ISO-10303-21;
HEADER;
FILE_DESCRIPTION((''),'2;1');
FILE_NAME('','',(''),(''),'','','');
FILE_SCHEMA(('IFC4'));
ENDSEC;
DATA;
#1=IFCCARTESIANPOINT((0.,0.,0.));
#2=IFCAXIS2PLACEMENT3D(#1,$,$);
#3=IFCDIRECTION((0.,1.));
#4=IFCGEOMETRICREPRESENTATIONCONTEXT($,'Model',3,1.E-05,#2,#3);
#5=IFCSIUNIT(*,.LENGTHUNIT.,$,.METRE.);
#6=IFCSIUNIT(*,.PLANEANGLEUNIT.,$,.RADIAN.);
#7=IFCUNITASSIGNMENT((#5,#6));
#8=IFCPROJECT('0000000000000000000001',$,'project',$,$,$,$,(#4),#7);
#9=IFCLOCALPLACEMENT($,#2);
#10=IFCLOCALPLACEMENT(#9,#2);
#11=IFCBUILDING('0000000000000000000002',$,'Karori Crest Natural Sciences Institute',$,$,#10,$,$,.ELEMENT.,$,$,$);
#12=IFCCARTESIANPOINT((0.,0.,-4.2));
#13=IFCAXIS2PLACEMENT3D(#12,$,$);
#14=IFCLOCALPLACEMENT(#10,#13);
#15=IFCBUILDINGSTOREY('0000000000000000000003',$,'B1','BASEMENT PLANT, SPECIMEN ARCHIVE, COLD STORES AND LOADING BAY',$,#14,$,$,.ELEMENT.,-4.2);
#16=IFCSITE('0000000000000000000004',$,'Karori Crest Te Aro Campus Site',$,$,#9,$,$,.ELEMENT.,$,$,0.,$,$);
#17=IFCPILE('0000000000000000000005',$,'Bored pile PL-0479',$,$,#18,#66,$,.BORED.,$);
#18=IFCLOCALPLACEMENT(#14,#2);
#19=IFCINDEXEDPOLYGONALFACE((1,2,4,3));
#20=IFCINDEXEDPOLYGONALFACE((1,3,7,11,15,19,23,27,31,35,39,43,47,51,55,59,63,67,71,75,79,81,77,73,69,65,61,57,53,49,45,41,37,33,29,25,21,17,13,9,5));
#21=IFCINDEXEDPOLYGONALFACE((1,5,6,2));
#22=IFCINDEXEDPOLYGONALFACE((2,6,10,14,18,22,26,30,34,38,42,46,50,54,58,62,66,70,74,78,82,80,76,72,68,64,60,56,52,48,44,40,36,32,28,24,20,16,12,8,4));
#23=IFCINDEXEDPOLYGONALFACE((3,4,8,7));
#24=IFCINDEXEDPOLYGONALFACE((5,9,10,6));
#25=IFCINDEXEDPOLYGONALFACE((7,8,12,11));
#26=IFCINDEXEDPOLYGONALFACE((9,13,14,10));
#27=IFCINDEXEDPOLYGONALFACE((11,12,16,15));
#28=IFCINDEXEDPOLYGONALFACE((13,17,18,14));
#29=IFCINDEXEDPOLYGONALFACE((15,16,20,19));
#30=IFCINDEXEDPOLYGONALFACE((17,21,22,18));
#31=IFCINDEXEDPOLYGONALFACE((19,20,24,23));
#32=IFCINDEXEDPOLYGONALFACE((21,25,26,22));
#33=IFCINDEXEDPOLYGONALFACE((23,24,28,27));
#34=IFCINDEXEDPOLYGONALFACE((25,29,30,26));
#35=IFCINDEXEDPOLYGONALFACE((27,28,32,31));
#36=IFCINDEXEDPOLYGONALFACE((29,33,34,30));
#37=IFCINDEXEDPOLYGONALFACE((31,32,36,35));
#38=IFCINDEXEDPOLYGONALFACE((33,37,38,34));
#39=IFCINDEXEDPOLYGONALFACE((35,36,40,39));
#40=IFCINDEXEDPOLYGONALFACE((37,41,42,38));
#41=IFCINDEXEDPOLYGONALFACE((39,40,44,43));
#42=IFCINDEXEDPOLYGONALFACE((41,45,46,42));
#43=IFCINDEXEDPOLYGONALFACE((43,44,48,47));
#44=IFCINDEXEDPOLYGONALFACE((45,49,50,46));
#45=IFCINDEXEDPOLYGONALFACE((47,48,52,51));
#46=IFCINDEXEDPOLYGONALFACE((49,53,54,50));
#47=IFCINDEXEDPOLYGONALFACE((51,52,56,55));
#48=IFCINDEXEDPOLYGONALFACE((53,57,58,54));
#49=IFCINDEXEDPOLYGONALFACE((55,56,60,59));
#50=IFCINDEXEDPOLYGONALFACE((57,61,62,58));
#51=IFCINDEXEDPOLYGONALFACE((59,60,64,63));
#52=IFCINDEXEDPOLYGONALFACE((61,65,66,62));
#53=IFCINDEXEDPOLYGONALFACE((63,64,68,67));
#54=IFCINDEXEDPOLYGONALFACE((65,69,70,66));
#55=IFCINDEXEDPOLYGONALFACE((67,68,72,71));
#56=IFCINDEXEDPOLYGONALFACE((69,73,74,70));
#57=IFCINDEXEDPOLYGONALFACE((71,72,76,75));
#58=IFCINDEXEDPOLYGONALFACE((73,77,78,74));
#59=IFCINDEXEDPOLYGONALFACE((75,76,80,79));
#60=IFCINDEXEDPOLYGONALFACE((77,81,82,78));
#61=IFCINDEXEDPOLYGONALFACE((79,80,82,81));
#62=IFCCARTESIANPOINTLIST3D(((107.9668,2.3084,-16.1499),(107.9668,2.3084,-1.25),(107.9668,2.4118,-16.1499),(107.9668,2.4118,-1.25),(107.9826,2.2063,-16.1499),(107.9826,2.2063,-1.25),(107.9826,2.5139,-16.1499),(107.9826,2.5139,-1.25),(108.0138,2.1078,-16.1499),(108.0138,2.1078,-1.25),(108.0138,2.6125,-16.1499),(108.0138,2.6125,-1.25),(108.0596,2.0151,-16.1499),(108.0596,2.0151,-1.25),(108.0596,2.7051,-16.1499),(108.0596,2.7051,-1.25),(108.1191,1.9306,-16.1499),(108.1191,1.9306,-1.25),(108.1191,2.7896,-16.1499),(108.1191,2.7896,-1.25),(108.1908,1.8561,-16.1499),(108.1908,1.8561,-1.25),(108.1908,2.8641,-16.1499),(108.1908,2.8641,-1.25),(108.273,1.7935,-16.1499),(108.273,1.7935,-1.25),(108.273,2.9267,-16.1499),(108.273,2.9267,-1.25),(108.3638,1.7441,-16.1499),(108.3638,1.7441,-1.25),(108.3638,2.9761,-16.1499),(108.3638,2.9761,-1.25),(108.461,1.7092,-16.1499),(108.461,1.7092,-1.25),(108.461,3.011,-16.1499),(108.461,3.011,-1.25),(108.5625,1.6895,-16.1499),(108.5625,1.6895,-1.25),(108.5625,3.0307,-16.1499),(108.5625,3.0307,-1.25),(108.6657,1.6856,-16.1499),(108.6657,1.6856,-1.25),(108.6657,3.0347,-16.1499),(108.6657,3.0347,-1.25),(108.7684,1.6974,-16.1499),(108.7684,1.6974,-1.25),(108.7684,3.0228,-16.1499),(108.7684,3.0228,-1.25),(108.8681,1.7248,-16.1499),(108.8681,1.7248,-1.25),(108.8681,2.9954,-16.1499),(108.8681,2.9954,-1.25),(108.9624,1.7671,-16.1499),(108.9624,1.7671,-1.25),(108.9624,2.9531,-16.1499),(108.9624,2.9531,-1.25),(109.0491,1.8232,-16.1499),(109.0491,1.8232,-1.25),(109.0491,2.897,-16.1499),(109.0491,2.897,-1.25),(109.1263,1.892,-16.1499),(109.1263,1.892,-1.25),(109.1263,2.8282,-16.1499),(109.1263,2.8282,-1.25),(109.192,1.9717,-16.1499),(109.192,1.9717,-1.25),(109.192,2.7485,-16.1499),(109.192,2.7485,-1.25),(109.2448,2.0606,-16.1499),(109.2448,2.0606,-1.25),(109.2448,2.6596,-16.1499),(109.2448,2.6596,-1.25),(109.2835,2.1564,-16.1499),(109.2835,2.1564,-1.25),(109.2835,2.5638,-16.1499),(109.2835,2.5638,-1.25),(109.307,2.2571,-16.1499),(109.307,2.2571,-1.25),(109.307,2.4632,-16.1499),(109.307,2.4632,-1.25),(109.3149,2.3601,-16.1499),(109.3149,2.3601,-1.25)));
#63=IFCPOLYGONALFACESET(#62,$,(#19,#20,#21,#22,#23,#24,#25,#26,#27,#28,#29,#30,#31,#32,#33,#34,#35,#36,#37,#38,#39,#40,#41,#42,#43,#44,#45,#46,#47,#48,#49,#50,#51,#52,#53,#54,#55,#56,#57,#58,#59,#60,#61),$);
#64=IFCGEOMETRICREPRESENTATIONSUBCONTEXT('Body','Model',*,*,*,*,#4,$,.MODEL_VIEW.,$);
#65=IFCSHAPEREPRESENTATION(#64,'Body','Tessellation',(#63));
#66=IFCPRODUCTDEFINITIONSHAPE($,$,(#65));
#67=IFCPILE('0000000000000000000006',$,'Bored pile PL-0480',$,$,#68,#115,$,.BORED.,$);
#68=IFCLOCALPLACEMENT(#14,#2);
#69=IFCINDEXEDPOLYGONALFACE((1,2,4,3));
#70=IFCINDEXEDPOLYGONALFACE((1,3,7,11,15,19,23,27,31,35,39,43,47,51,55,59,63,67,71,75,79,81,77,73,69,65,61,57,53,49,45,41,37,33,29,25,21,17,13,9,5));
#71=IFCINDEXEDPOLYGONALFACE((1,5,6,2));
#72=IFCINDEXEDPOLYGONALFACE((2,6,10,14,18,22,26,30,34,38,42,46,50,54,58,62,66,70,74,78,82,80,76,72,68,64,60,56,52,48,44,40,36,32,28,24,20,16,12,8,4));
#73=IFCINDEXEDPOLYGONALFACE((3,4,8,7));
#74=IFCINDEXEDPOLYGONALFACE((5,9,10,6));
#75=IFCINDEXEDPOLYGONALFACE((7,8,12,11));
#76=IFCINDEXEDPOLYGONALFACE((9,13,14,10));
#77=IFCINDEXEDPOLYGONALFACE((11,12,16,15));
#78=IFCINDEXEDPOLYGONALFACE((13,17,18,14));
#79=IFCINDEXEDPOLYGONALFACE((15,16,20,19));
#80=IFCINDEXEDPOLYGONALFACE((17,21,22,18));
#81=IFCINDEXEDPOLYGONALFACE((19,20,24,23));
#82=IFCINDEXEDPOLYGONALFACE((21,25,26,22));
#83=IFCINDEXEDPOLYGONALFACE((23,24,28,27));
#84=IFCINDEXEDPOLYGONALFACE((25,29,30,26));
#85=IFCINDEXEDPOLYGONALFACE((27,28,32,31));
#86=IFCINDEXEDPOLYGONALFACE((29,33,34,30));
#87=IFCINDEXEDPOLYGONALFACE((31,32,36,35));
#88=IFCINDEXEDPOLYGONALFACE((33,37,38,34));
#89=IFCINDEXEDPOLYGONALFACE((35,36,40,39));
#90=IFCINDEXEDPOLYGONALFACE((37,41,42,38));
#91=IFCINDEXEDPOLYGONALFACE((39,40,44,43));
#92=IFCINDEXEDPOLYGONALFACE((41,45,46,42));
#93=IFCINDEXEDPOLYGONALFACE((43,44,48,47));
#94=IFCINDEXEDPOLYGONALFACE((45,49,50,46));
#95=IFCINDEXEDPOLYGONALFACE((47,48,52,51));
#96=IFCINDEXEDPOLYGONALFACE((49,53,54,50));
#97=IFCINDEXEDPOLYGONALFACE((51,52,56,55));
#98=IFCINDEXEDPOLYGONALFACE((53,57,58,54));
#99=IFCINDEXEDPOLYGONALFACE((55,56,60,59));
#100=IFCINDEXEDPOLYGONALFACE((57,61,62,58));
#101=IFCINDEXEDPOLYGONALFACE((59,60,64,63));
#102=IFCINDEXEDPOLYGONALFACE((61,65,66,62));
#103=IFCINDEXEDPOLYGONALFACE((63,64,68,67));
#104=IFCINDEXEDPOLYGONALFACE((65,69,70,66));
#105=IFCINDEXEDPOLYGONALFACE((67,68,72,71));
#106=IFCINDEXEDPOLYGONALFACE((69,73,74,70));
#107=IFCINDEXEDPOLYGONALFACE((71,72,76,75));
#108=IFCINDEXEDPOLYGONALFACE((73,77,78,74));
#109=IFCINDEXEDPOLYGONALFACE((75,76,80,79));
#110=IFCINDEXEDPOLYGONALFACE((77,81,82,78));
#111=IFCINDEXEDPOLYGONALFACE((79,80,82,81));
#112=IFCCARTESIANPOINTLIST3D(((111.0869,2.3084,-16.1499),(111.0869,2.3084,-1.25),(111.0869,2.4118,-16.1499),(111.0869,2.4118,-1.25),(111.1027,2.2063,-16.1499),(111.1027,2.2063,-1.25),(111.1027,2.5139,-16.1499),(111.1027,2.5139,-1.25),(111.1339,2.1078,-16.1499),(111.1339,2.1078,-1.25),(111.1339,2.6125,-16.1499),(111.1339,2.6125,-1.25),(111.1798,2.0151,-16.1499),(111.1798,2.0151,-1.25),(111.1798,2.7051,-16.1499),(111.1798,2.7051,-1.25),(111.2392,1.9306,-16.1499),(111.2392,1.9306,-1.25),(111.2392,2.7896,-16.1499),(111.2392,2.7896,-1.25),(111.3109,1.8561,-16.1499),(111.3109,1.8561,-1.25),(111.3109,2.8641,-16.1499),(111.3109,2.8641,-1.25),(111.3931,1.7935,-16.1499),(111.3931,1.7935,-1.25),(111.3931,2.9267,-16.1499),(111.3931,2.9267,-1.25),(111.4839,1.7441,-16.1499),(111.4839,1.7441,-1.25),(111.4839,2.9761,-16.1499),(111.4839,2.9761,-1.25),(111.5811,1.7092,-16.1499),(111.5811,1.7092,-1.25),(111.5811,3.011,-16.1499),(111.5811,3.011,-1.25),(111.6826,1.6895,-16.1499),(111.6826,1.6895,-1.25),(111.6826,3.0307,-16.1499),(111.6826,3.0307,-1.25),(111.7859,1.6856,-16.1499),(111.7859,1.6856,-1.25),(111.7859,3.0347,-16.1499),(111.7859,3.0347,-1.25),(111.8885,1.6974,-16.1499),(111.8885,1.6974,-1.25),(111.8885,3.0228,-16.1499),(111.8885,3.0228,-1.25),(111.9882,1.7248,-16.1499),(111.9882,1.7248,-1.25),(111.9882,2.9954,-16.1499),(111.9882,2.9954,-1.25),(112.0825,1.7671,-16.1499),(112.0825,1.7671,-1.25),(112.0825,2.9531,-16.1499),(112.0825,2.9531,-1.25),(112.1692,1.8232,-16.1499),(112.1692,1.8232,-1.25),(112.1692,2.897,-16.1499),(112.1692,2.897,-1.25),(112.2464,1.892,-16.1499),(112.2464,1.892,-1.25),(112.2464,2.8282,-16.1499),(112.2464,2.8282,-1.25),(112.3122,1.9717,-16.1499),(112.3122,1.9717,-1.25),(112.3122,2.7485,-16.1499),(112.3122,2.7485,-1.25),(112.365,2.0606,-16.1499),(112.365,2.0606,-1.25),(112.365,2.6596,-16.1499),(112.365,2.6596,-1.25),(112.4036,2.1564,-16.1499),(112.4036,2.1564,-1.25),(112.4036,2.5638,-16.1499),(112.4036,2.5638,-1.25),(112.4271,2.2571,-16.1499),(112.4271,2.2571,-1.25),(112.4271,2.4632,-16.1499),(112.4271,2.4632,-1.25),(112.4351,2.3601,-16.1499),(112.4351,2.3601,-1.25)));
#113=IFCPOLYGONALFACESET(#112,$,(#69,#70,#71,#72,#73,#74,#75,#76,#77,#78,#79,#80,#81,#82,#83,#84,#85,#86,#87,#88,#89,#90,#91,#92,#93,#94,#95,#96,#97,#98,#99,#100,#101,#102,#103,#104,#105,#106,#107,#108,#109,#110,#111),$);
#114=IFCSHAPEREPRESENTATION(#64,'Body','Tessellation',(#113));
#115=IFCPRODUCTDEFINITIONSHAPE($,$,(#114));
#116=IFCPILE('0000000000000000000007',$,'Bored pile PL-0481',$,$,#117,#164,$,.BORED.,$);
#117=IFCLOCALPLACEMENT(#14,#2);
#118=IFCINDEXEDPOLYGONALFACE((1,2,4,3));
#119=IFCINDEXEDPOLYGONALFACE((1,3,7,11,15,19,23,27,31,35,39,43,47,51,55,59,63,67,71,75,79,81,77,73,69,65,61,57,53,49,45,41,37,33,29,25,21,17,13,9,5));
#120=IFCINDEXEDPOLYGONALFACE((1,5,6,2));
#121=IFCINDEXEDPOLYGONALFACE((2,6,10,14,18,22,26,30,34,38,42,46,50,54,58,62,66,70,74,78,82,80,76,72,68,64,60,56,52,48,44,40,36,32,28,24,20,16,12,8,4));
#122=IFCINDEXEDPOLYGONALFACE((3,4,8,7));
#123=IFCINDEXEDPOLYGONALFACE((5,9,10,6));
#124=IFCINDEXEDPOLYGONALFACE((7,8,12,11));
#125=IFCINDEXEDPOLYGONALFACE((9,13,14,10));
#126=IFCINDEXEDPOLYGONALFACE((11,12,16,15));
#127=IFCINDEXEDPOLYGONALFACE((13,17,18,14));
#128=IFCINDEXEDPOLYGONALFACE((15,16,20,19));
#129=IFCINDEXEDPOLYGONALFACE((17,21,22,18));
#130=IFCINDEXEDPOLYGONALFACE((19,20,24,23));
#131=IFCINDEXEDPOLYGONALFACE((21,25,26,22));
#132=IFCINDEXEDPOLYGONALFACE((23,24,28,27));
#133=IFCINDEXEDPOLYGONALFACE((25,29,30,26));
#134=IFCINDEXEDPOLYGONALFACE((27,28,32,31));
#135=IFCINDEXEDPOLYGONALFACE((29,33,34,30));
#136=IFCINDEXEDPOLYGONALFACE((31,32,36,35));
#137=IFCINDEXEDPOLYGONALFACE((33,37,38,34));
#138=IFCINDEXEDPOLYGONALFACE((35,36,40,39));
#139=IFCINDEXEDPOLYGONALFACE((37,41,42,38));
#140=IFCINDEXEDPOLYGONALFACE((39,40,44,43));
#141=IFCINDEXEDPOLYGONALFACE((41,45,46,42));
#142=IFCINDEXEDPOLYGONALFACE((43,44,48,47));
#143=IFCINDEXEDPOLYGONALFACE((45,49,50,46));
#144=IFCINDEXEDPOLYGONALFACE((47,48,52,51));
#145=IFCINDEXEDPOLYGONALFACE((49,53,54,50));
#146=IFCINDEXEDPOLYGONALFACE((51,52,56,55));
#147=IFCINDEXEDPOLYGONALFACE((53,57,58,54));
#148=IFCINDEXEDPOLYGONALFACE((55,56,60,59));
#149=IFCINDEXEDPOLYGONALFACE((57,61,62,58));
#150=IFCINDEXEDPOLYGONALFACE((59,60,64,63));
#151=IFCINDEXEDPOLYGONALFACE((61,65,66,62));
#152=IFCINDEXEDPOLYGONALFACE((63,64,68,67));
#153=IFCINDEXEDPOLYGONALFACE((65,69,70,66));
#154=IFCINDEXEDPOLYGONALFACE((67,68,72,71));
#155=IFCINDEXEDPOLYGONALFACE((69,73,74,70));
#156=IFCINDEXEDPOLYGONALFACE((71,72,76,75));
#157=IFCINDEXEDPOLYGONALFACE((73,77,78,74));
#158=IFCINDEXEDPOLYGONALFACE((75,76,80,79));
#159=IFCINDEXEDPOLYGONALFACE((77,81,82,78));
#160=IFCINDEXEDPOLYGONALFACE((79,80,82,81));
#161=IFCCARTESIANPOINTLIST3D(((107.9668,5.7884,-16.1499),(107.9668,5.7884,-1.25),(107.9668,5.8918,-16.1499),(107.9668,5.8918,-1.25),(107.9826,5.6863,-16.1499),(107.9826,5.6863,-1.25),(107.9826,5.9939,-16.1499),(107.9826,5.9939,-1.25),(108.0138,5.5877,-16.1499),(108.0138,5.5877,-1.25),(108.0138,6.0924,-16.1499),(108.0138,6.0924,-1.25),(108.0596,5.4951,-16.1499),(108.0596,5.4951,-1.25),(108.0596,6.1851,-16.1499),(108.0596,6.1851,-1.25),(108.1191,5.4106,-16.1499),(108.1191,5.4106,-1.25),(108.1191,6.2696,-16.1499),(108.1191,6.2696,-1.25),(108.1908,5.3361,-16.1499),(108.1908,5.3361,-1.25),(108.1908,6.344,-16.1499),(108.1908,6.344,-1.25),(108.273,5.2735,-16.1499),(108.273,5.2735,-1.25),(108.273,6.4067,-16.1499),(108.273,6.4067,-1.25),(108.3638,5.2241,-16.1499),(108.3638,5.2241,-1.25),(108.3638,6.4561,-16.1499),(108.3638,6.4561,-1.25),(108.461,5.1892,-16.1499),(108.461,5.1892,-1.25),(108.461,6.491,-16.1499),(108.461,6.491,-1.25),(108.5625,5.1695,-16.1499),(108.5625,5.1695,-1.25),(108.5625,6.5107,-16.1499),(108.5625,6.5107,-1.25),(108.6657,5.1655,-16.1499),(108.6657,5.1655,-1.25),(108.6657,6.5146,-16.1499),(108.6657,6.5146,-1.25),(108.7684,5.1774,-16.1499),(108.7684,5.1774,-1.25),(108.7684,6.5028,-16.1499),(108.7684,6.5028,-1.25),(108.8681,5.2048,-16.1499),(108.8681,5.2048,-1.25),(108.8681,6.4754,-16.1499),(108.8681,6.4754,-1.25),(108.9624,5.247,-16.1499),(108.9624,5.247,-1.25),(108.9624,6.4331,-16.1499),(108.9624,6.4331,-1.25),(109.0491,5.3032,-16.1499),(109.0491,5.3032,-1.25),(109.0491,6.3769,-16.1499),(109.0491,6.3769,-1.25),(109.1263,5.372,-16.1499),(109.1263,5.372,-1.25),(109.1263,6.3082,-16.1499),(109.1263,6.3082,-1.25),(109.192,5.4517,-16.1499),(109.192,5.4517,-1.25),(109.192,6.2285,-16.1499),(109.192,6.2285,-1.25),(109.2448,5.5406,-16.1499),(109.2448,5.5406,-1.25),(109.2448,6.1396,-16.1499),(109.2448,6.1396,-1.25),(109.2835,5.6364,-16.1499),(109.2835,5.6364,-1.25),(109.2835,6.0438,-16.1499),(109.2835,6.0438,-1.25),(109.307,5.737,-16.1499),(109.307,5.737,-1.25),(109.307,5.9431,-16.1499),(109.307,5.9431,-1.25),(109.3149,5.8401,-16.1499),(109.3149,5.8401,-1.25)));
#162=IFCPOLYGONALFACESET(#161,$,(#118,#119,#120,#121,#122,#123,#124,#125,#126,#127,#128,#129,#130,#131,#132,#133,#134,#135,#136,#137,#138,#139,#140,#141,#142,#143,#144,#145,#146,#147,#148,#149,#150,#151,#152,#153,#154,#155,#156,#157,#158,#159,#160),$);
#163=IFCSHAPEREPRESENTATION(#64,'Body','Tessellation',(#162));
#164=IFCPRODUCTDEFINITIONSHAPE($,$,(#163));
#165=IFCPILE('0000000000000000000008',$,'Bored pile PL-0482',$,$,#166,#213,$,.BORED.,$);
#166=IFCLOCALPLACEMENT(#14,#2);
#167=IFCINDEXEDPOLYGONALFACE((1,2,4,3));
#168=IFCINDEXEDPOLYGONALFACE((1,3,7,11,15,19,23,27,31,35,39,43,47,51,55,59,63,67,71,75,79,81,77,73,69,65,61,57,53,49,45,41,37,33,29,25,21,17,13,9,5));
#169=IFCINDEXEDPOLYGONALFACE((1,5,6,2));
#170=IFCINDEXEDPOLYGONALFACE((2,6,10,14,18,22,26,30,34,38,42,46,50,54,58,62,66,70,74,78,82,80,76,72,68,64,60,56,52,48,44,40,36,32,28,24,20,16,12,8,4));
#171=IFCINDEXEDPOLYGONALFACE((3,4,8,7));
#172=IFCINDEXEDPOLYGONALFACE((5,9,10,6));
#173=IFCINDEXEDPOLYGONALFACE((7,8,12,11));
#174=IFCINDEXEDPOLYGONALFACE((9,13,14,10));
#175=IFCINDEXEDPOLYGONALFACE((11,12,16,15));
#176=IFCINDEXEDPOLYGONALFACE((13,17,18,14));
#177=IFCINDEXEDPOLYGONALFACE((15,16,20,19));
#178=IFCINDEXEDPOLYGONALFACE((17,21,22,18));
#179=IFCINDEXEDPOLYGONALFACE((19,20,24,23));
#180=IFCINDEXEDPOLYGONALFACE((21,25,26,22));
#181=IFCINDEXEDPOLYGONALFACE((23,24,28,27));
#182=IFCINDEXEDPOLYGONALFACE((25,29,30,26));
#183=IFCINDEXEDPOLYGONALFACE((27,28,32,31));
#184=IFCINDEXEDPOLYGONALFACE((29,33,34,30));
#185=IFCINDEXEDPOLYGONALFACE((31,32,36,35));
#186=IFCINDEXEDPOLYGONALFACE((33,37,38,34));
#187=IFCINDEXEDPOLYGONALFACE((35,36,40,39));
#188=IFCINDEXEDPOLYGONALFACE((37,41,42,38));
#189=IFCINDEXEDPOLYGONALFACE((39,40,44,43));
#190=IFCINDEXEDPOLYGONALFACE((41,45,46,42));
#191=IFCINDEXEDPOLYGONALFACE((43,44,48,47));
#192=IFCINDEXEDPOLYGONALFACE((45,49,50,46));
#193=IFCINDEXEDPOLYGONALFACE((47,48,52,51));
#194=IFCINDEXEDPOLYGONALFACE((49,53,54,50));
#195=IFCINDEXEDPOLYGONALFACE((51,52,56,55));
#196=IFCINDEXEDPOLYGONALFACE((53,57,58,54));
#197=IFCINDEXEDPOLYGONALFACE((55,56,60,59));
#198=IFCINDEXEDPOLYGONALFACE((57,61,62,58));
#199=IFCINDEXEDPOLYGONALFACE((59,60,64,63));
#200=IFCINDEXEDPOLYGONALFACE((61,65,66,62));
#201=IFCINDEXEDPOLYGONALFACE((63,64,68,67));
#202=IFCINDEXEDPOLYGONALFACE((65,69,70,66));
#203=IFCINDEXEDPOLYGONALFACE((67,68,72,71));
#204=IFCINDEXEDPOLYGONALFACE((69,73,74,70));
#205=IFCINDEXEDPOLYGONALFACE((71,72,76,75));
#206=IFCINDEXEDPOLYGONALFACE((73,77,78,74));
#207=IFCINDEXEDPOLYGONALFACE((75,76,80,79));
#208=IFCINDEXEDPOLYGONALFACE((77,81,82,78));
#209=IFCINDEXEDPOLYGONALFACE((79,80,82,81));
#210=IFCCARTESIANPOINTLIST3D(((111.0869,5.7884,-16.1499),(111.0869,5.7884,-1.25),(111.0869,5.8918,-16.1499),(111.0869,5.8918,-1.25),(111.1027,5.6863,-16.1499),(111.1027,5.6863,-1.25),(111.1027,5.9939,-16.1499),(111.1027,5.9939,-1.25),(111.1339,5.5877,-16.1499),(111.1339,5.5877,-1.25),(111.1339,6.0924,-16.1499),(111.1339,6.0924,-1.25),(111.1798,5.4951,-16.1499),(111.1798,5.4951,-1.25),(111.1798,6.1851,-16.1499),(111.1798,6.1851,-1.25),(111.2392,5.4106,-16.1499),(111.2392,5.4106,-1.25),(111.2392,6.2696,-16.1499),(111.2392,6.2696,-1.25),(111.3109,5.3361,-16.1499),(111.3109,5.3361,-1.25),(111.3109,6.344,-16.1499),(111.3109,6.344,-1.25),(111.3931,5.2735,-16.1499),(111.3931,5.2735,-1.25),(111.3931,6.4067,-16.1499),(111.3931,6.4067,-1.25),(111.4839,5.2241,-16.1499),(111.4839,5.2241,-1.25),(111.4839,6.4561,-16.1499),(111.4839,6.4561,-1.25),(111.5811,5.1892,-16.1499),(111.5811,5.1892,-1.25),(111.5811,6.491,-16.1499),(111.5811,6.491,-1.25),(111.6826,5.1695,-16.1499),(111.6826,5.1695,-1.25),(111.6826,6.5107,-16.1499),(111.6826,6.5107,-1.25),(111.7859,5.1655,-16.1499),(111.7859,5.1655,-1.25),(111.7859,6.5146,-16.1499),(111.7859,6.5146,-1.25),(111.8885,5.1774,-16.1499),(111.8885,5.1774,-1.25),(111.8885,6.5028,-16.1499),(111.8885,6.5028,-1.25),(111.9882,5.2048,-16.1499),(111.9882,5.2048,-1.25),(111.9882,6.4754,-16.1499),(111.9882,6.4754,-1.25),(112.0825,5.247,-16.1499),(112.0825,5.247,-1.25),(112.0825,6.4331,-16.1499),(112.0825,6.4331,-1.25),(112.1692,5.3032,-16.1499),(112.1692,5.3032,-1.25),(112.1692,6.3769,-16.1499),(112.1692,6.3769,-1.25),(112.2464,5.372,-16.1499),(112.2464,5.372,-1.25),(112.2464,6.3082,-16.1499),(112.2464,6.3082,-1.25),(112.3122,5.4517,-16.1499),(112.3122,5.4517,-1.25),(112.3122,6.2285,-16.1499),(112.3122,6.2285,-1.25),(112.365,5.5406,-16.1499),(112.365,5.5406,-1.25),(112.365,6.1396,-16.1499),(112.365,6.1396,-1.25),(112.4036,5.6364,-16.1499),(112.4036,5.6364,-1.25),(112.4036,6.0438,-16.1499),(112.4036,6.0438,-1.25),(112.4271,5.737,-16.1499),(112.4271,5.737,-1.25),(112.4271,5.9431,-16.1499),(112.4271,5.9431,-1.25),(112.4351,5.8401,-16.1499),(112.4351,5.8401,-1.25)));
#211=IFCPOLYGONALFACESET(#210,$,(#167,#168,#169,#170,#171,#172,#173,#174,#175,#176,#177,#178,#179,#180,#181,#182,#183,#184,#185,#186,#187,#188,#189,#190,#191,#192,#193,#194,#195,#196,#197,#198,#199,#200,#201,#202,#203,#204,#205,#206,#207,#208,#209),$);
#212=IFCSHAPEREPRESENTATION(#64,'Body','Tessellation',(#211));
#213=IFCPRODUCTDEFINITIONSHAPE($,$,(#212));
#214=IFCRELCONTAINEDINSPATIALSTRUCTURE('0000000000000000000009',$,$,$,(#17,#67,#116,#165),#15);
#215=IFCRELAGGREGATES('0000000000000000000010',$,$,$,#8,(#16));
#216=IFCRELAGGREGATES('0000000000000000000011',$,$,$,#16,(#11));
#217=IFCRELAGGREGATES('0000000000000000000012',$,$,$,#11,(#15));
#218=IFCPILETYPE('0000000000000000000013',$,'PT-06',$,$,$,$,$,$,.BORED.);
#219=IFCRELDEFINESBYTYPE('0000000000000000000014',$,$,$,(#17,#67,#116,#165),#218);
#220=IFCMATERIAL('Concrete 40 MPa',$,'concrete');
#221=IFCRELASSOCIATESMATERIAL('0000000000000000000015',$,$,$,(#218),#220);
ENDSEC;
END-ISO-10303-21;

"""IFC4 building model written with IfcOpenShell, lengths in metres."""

from ifc_helpers import new_model, si_unit, direction, frame, origin, origin_2d, place, context, subcontext, project, spatial, circle, extrude, material, material_profile, profile_set, type_object, element, save


model = new_model("IFC4")

# Units and contexts
model_context = context("Model", 3, precision=1e-05, world=origin(), true_north=direction((0.0, 1.0)))
body_context = subcontext(model_context, "Body", "Model", "MODEL_VIEW")
ifc_project = project(units=[si_unit("LENGTHUNIT", "METRE"), si_unit("PLANEANGLEUNIT", "RADIAN")], contexts=[model_context])

# Site, building, storey
site_placement = place(None, origin())
site = spatial("IfcSite", under=ifc_project, at=site_placement, Name="Karori Crest Te Aro Campus Site", CompositionType="ELEMENT", RefElevation=0.0)
building_placement = place(site_placement, origin())
building = spatial("IfcBuilding", under=site, at=building_placement, Name="Karori Crest Natural Sciences Institute", CompositionType="ELEMENT")
storey_placement = place(building_placement, frame((0.0, 0.0, -4.2)))
storey = spatial("IfcBuildingStorey", under=building, at=storey_placement, Name="B1", Description="BASEMENT PLANT, SPECIMEN ARCHIVE, COLD STORES AND LOADING BAY", CompositionType="ELEMENT", Elevation=-4.2)

# Shared definitions
ifc_material_1 = material(Name="Concrete 40 MPa", Category="concrete")

# Piles
ifc_material_profile_1 = material_profile(ifc_material_1, circle(Radius=0.675, at=origin_2d()), Name="PILE1350")
ifc_profile_set_1 = profile_set([ifc_material_profile_1], Name="Concrete 40 MPa")
pile_type = type_object("IfcPileType", Name="PT-06", PredefinedType="BORED", material=ifc_profile_set_1)
for number, where, z_axis, x_axis, name in (
    (1, (108.6399, 2.3601, -1.25), (0.0, 0.0, -1.0), (1.0, 0.0, 0.0), "Bored pile PL-0479"),
    (2, (111.76, 2.3601, -1.25), (0.0, 0.0, -1.0), (1.0, 0.0, 0.0), "Bored pile PL-0480"),
    (3, (108.6399, 5.8401, -1.25), (0.0, 0.0, -1.0), (1.0, 0.0, 0.0), "Bored pile PL-0481"),
    (4, (111.76, 5.8401, -1.25), (0.0, 0.0, -1.0), (1.0, 0.0, 0.0), "Bored pile PL-0482"),
):
    element("IfcPile", number, at=place(storey_placement, frame(where, z_axis=z_axis, x_axis=x_axis)), inside=storey, type_object=pile_type, Name=name, PredefinedType="BORED", context=body_context, shape_type="SweptSolid", body=[
        extrude(circle(Radius=0.675, at=origin_2d()), origin(), (0.0, 0.0, 1.0), 14.8999),
    ])

save(model, "model.ifc")
